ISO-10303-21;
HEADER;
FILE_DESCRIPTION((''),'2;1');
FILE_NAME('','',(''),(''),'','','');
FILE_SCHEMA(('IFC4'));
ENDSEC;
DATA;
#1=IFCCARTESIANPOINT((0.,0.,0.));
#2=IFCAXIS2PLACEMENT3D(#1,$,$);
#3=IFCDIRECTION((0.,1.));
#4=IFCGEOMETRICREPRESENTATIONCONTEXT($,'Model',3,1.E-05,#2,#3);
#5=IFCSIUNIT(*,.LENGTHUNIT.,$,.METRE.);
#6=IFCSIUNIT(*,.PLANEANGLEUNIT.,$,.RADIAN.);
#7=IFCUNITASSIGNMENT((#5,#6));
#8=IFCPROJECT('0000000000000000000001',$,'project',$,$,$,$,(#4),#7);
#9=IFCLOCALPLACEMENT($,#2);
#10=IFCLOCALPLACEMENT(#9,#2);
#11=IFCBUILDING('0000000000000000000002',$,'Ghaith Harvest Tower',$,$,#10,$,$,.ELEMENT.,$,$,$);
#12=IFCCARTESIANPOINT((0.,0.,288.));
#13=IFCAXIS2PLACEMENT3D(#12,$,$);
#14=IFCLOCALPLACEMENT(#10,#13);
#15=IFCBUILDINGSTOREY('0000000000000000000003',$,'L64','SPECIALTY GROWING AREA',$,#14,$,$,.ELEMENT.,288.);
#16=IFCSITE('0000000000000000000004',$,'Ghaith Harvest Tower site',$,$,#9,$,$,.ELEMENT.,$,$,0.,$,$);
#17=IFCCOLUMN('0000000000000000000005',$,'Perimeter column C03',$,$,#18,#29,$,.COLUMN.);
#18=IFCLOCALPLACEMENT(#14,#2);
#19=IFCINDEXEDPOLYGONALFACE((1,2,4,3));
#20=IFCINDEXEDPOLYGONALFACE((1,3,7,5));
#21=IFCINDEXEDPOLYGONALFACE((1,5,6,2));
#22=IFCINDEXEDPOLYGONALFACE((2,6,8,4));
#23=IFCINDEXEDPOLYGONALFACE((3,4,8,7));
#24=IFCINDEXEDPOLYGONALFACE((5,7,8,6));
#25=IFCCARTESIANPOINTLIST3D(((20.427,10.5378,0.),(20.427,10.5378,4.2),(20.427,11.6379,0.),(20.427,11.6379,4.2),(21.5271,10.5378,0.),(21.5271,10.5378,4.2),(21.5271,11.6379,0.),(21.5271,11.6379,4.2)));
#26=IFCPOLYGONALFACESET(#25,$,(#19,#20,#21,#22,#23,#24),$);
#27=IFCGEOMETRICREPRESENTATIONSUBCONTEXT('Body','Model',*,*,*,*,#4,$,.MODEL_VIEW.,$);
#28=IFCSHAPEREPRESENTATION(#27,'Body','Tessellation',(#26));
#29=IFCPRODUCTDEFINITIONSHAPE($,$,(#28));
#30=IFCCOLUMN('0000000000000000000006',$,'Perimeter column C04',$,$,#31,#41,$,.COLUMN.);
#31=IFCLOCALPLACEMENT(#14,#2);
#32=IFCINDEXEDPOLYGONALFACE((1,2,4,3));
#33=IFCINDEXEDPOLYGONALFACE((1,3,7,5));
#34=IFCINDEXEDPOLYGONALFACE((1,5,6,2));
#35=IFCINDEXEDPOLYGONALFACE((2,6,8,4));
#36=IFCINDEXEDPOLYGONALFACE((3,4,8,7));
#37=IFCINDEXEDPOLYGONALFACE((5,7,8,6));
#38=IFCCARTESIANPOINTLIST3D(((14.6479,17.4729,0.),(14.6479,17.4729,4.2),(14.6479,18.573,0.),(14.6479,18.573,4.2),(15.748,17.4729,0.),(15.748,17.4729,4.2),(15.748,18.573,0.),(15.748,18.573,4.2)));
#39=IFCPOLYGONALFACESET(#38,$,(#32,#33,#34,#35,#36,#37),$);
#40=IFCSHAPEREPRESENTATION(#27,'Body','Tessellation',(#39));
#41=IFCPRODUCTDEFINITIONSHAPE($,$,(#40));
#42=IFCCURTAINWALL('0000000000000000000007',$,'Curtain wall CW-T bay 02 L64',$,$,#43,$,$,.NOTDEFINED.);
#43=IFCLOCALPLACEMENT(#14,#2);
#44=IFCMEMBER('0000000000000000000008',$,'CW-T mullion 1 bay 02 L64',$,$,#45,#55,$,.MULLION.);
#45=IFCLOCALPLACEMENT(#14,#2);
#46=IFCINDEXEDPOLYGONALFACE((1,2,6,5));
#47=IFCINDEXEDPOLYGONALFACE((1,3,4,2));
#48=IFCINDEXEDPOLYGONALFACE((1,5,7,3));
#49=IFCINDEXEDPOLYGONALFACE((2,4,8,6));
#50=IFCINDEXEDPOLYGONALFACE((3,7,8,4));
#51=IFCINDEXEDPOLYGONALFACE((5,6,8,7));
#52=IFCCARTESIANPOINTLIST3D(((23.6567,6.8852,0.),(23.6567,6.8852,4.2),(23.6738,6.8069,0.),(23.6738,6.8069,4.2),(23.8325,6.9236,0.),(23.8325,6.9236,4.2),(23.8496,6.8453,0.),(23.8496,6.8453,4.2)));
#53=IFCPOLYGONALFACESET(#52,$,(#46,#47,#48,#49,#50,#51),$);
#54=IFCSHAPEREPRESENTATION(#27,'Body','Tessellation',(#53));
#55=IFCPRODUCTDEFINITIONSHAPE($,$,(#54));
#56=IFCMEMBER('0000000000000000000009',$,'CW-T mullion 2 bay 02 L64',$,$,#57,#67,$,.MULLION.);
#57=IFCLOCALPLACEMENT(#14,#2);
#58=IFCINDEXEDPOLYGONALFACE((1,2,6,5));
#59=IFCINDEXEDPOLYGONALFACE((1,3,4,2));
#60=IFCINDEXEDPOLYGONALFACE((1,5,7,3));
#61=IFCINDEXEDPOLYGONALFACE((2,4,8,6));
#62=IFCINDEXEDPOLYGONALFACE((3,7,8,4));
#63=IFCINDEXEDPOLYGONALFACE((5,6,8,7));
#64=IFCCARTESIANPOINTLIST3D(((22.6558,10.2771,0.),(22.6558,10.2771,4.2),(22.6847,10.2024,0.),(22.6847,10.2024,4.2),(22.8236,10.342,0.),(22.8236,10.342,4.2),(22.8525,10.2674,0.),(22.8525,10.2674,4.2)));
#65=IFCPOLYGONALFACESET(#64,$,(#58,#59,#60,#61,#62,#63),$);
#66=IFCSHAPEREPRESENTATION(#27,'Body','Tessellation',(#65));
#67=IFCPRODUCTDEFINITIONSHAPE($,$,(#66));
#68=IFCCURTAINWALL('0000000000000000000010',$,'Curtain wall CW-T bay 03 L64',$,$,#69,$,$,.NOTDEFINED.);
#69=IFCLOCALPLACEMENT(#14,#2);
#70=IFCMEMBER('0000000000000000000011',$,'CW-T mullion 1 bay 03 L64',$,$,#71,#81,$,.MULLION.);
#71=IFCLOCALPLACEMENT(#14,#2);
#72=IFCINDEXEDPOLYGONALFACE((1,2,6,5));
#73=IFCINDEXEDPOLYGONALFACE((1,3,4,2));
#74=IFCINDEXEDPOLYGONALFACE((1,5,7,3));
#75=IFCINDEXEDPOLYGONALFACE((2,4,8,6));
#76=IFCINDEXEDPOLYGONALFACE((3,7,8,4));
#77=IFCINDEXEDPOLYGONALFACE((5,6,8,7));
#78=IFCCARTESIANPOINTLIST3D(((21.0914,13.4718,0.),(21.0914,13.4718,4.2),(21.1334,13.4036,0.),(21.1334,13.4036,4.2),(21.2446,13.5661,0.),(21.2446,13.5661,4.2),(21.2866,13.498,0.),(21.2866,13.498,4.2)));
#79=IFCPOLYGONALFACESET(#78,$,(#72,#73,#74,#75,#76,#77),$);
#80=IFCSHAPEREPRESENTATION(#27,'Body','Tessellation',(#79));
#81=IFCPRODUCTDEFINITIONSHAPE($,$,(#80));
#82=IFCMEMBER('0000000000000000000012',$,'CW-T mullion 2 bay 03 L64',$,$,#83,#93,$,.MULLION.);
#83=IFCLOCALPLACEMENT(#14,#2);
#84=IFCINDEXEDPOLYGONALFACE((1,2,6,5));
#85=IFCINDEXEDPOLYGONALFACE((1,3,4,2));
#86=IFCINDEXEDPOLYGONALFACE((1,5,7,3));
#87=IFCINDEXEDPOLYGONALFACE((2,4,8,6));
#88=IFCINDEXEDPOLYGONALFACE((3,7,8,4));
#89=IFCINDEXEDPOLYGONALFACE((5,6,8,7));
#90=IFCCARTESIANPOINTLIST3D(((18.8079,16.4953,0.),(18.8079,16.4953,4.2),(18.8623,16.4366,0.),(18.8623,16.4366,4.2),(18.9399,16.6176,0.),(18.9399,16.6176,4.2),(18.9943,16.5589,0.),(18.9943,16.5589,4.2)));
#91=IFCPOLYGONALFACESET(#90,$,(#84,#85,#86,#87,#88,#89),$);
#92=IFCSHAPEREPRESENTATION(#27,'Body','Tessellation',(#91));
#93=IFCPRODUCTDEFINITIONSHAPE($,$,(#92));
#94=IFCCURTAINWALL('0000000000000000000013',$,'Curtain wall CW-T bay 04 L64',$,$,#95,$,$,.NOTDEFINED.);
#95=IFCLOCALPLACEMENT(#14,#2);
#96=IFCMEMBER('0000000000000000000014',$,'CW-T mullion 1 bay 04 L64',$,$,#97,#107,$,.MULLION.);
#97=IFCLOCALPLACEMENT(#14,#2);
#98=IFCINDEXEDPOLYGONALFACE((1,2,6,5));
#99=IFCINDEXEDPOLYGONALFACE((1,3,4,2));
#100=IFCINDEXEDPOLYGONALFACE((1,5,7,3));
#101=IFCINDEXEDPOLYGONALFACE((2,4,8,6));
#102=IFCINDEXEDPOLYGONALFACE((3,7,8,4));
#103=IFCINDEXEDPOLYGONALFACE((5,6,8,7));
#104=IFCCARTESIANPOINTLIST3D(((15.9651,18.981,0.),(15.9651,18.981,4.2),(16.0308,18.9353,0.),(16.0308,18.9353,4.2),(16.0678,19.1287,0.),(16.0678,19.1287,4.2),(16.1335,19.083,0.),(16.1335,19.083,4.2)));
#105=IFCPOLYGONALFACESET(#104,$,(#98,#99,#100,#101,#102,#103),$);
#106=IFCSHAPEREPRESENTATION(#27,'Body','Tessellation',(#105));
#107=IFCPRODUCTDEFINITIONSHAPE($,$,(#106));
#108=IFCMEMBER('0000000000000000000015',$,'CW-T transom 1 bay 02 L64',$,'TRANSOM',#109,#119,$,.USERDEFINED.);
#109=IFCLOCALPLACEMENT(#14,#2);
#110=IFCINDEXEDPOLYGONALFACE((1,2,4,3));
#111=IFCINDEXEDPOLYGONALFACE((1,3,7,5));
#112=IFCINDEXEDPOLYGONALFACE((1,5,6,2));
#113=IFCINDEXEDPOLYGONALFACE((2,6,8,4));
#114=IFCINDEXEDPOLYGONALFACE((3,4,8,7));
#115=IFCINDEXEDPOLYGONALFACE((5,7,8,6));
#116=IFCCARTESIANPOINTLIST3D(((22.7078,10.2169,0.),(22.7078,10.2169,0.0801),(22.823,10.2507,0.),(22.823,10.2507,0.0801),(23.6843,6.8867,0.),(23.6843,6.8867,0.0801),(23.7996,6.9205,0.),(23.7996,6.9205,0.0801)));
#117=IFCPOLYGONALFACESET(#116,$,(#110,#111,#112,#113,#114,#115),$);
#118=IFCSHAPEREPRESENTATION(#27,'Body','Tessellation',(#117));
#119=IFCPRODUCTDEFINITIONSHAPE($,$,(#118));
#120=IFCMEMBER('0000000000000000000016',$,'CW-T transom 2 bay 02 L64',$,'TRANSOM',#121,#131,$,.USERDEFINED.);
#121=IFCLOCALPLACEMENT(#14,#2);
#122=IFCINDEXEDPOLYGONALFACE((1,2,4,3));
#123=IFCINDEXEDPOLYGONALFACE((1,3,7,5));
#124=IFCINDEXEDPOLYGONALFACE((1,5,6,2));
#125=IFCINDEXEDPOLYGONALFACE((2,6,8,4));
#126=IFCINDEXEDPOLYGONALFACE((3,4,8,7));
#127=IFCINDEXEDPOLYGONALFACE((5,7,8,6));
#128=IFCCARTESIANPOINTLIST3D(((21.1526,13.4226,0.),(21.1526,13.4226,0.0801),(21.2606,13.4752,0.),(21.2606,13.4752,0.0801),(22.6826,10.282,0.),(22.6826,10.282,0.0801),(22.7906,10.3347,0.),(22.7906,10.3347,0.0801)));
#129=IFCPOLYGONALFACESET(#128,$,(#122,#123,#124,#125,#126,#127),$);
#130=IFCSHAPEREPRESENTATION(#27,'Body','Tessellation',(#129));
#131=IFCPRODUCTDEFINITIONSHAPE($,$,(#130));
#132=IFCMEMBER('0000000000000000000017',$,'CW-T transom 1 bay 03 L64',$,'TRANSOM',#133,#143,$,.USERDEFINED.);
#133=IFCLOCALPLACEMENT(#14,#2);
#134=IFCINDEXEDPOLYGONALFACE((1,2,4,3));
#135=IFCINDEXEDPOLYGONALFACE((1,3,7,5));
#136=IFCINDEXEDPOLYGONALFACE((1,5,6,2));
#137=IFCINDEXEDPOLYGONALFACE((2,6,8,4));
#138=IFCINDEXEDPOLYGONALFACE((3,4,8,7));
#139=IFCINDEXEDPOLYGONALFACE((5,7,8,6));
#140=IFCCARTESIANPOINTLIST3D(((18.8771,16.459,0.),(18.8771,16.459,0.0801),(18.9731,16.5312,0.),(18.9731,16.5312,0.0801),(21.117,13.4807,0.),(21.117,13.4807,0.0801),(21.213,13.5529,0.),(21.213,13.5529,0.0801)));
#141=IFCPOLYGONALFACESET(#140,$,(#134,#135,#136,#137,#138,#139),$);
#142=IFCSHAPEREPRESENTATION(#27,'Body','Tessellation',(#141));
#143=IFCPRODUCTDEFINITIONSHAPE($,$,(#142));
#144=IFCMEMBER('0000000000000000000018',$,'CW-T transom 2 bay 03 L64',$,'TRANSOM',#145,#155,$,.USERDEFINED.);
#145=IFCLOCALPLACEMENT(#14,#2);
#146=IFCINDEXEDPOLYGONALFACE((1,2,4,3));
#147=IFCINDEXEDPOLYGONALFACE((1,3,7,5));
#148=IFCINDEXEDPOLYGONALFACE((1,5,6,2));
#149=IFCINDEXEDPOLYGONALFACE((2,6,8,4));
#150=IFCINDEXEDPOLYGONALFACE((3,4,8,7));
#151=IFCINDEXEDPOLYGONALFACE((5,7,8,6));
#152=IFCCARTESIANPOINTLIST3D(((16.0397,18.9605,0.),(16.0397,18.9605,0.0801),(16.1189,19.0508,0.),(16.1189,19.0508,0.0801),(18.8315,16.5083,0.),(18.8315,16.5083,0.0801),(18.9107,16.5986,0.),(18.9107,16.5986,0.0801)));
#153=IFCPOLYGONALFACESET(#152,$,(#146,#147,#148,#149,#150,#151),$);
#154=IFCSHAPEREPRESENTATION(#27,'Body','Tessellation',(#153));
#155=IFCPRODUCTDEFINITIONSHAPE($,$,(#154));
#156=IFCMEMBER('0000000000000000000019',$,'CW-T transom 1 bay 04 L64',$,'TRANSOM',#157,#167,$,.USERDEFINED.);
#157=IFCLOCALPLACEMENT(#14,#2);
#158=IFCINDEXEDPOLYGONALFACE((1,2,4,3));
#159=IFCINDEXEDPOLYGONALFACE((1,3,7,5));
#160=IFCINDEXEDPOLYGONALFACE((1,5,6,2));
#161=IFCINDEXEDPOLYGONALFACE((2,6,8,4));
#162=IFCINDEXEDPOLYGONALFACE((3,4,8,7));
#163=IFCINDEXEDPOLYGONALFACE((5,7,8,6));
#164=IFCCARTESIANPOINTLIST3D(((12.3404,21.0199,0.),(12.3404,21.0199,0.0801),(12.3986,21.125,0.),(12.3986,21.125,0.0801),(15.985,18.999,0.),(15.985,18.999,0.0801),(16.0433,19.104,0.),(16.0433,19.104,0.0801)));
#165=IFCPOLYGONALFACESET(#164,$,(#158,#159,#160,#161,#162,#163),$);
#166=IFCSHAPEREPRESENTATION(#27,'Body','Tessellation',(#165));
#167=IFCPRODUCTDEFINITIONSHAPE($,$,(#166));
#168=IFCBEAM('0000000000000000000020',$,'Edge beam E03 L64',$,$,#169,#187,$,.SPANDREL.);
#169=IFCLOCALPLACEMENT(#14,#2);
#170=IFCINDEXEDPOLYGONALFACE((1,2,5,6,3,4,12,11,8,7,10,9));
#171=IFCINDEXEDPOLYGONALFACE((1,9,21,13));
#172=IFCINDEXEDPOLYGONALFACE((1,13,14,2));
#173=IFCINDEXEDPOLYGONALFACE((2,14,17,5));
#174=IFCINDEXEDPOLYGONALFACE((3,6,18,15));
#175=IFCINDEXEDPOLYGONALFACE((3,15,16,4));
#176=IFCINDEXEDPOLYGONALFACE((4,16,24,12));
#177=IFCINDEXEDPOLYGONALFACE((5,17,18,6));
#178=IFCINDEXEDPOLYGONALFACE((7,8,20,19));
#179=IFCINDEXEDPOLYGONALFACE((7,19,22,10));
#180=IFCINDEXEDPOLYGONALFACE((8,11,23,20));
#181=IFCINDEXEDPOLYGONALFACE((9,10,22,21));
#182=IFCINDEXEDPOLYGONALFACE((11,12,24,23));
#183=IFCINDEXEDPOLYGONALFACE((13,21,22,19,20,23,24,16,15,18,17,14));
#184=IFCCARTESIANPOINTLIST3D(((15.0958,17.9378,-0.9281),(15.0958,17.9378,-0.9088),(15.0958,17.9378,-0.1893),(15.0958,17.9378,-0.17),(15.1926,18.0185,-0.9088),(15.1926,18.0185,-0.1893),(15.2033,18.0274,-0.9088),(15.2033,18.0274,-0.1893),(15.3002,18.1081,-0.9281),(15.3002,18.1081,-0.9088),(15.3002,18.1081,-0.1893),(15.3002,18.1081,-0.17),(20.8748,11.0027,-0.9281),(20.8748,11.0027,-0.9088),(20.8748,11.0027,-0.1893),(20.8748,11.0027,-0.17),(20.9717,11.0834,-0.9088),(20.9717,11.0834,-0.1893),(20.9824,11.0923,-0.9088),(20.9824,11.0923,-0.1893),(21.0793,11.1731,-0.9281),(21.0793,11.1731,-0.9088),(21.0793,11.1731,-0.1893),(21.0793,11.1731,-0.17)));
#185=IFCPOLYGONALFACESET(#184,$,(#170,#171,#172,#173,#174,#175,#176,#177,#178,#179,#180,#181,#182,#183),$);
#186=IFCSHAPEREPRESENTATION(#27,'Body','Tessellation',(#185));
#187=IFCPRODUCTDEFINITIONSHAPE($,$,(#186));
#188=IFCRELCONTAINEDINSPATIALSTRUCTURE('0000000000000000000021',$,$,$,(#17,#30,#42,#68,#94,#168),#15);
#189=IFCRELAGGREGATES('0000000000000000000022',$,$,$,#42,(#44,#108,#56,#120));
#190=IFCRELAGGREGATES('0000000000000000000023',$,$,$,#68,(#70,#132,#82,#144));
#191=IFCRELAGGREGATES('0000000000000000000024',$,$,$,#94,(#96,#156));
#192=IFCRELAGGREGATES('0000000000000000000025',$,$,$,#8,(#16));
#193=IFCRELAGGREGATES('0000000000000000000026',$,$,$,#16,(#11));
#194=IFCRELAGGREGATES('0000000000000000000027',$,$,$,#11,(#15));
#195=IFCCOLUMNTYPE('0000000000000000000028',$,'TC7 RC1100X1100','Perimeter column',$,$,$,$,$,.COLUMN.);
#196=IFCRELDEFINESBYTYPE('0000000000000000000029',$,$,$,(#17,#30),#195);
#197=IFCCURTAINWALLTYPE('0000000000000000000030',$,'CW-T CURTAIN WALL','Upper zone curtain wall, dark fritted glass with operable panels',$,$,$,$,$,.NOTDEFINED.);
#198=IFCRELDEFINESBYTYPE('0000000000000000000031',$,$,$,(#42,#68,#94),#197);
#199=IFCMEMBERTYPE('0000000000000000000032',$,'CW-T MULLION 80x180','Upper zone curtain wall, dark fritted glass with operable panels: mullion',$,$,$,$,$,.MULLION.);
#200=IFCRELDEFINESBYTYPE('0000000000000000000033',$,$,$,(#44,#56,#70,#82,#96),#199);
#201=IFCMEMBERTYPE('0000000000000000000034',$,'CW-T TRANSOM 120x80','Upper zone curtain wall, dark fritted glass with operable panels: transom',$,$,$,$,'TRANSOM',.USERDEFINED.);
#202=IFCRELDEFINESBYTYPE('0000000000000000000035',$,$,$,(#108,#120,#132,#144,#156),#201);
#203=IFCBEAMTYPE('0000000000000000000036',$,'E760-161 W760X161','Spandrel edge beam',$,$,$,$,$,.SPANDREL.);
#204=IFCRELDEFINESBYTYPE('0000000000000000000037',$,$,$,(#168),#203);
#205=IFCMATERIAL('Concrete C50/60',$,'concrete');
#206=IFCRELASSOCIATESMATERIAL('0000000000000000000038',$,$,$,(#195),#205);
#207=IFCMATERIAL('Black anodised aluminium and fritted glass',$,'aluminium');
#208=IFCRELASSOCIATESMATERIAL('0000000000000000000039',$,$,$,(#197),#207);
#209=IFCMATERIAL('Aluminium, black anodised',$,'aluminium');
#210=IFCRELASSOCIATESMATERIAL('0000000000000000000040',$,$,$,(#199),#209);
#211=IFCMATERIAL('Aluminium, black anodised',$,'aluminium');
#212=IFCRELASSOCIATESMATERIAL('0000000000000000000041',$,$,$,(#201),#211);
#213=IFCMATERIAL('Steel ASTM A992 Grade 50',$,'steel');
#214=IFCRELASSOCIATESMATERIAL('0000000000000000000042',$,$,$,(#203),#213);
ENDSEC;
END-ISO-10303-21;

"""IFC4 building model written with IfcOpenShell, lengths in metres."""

from ifc_helpers import new_model, si_unit, direction, frame, origin, origin_2d, place, context, subcontext, project, spatial, rectangle, i_section, extrude, material, material_profile, profile_set, type_object, element, aggregate, save


model = new_model("IFC4")

# Units and contexts
model_context = context("Model", 3, precision=1e-05, world=origin(), true_north=direction((0.0, 1.0)))
body_context = subcontext(model_context, "Body", "Model", "MODEL_VIEW")
ifc_project = project(units=[si_unit("LENGTHUNIT", "METRE"), si_unit("PLANEANGLEUNIT", "RADIAN")], contexts=[model_context])

# Site, building, storey
site_placement = place(None, origin())
site = spatial("IfcSite", under=ifc_project, at=site_placement, Name="Ghaith Harvest Tower site", CompositionType="ELEMENT", RefElevation=0.0)
building_placement = place(site_placement, origin())
building = spatial("IfcBuilding", under=site, at=building_placement, Name="Ghaith Harvest Tower", CompositionType="ELEMENT")
storey_placement = place(building_placement, frame((0.0, 0.0, 288.0)))
storey = spatial("IfcBuildingStorey", under=building, at=storey_placement, Name="L64", Description="SPECIALTY GROWING AREA", CompositionType="ELEMENT", Elevation=288.0)

# Columns
ifc_material_1 = material(Name="Concrete C50/60", Category="concrete")
ifc_material_profile_1 = material_profile(ifc_material_1, rectangle(XDim=1.1001, YDim=1.1001, at=origin_2d()), Name="RC1100X1100")
ifc_profile_set_1 = profile_set([ifc_material_profile_1], Name="Concrete C50/60")
column_type = type_object("IfcColumnType", Name="TC7 RC1100X1100", Description="Perimeter column", PredefinedType="COLUMN", material=ifc_profile_set_1)
for number, where, z_axis, x_axis, name in (
    (1, (20.9771, 11.0879, 0.0), (0.0, 0.0, 1.0), (1.0, 0.0, 0.0), "Perimeter column C03"),
    (2, (15.198, 18.0229, 0.0), (0.0, 0.0, 1.0), (1.0, 0.0, 0.0), "Perimeter column C04"),
):
    element("IfcColumn", number, at=place(storey_placement, frame(where, z_axis=z_axis, x_axis=x_axis)), inside=storey, type_object=column_type, Name=name, PredefinedType="COLUMN", context=body_context, shape_type="SweptSolid", body=[
        extrude(rectangle(XDim=1.1001, YDim=1.1001, at=origin_2d()), origin(), (0.0, 0.0, 1.0), 4.2),
    ])

# Curtain walls, members
ifc_material_2 = material(Name="Black anodised aluminium and fritted glass", Category="aluminium")
curtain_wall_type = type_object("IfcCurtainWallType", Name="CW-T CURTAIN WALL", Description="Upper zone curtain wall, dark fritted glass with operable panels", PredefinedType="NOTDEFINED", material=ifc_material_2)
curtain_wall_1_placement = place(storey_placement, origin())
curtain_wall_1 = element("IfcCurtainWall", 3, at=curtain_wall_1_placement, inside=storey, type_object=curtain_wall_type, Name="Curtain wall CW-T bay 02 L64", PredefinedType="NOTDEFINED")
ifc_material_3 = material(Name="Aluminium, black anodised", Category="aluminium")
ifc_material_profile_2 = material_profile(ifc_material_3, rectangle(XDim=0.0801, YDim=0.1799, at=origin_2d()), Name="CW-T MULLION 80x180")
ifc_profile_set_2 = profile_set([ifc_material_profile_2], Name="Aluminium, black anodised")
member_type_1 = type_object("IfcMemberType", Name="CW-T MULLION 80x180", Description="Upper zone curtain wall, dark fritted glass with operable panels: mullion", PredefinedType="MULLION", material=ifc_profile_set_2)
member_1_placement = place(storey_placement, frame((23.7532, 6.8652, 0.0), z_axis=(0.0, 0.0, 1.0), x_axis=(-0.213402, 0.976964, 0.0)))
member_1 = element("IfcMember", 4, at=member_1_placement, type_object=member_type_1, Name="CW-T mullion 1 bay 02 L64", PredefinedType="MULLION", context=body_context, shape_type="SweptSolid", body=[
    extrude(rectangle(XDim=0.0801, YDim=0.1799, at=origin_2d()), origin(), (0.0, 0.0, 1.0), 4.2),
])
member_2_placement = place(storey_placement, frame((22.7542, 10.2722, 0.0), z_axis=(0.0, 0.0, 1.0), x_axis=(-0.361184, 0.932494, 0.0)))
member_2 = element("IfcMember", 5, at=member_2_placement, type_object=member_type_1, Name="CW-T mullion 2 bay 02 L64", PredefinedType="MULLION", context=body_context, shape_type="SweptSolid", body=[
    extrude(rectangle(XDim=0.0801, YDim=0.1799, at=origin_2d()), origin(), (0.0, 0.0, 1.0), 4.2),
])
curtain_wall_2_placement = place(storey_placement, origin())
curtain_wall_2 = element("IfcCurtainWall", 6, at=curtain_wall_2_placement, inside=storey, type_object=curtain_wall_type, Name="Curtain wall CW-T bay 03 L64", PredefinedType="NOTDEFINED")
member_3_placement = place(storey_placement, frame((21.189, 13.4849, 0.0), z_axis=(0.0, 0.0, 1.0), x_axis=(-0.524482, 0.851421, 0.0)))
member_3 = element("IfcMember", 7, at=member_3_placement, type_object=member_type_1, Name="CW-T mullion 1 bay 03 L64", PredefinedType="MULLION", context=body_context, shape_type="SweptSolid", body=[
    extrude(rectangle(XDim=0.0801, YDim=0.1799, at=origin_2d()), origin(), (0.0, 0.0, 1.0), 4.2),
])
member_4_placement = place(storey_placement, frame((18.9011, 16.5271, 0.0), z_axis=(0.0, 0.0, 1.0), x_axis=(-0.679661, 0.733526, 0.0)))
member_4 = element("IfcMember", 8, at=member_4_placement, type_object=member_type_1, Name="CW-T mullion 2 bay 03 L64", PredefinedType="MULLION", context=body_context, shape_type="SweptSolid", body=[
    extrude(rectangle(XDim=0.0801, YDim=0.1799, at=origin_2d()), origin(), (0.0, 0.0, 1.0), 4.2),
])

# Curtain wall, member
curtain_wall_3_placement = place(storey_placement, origin())
curtain_wall_3 = element("IfcCurtainWall", 9, at=curtain_wall_3_placement, inside=storey, type_object=curtain_wall_type, Name="Curtain wall CW-T bay 04 L64", PredefinedType="NOTDEFINED")
member_5_placement = place(storey_placement, frame((16.0493, 19.032, 0.0), z_axis=(0.0, 0.0, 1.0), x_axis=(-0.821112, 0.570767, 0.0)))
member_5 = element("IfcMember", 10, at=member_5_placement, type_object=member_type_1, Name="CW-T mullion 1 bay 04 L64", PredefinedType="MULLION", context=body_context, shape_type="SweptSolid", body=[
    extrude(rectangle(XDim=0.0801, YDim=0.1799, at=origin_2d()), origin(), (0.0, 0.0, 1.0), 4.2),
])

# Members
ifc_material_4 = material(Name="Aluminium, black anodised", Category="aluminium")
ifc_material_profile_3 = material_profile(ifc_material_4, rectangle(XDim=0.1201, YDim=0.0801, at=origin_2d()), Name="CW-T TRANSOM 120x80")
ifc_profile_set_3 = profile_set([ifc_material_profile_3], Name="Aluminium, black anodised")
member_type_2 = type_object("IfcMemberType", Name="CW-T TRANSOM 120x80", Description="Upper zone curtain wall, dark fritted glass with operable panels: transom", ElementType="TRANSOM", PredefinedType="USERDEFINED", material=ifc_profile_set_3)
member_6_placement = place(storey_placement, frame((23.7419, 6.9036, 0.04), z_axis=(-0.281385, 0.959595, 0.0), x_axis=(-0.959595, -0.281385, 0.0)))
member_6 = element("IfcMember", 11, at=member_6_placement, type_object=member_type_2, Name="CW-T transom 1 bay 02 L64", ObjectType="TRANSOM", PredefinedType="USERDEFINED", context=body_context, shape_type="SweptSolid", body=[
    extrude(rectangle(XDim=0.1201, YDim=0.0801, at=origin_2d()), origin(), (0.0, 0.0, 1.0), 3.4705),
])
member_7_placement = place(storey_placement, frame((22.7366, 10.3083, 0.04), z_axis=(-0.437965, 0.898992, 0.0), x_axis=(-0.898992, -0.437965, 0.0)))
member_7 = element("IfcMember", 12, at=member_7_placement, type_object=member_type_2, Name="CW-T transom 2 bay 02 L64", ObjectType="TRANSOM", PredefinedType="USERDEFINED", context=body_context, shape_type="SweptSolid", body=[
    extrude(rectangle(XDim=0.1201, YDim=0.0801, at=origin_2d()), origin(), (0.0, 0.0, 1.0), 3.4934),
])
member_8_placement = place(storey_placement, frame((21.165, 13.5168, 0.04), z_axis=(-0.601079, 0.79919, 0.0), x_axis=(-0.79919, -0.601079, 0.0)))
member_8 = element("IfcMember", 13, at=member_8_placement, type_object=member_type_2, Name="CW-T transom 1 bay 03 L64", ObjectType="TRANSOM", PredefinedType="USERDEFINED", context=body_context, shape_type="SweptSolid", body=[
    extrude(rectangle(XDim=0.1201, YDim=0.0801, at=origin_2d()), origin(), (0.0, 0.0, 1.0), 3.7266),
])
member_9_placement = place(storey_placement, frame((18.8711, 16.5535, 0.04), z_axis=(-0.751326, 0.659931, 0.0), x_axis=(-0.659931, -0.751326, 0.0)))
member_9 = element("IfcMember", 14, at=member_9_placement, type_object=member_type_2, Name="CW-T transom 2 bay 03 L64", ObjectType="TRANSOM", PredefinedType="USERDEFINED", context=body_context, shape_type="SweptSolid", body=[
    extrude(rectangle(XDim=0.1201, YDim=0.0801, at=origin_2d()), origin(), (0.0, 0.0, 1.0), 3.7158),
])
member_10_placement = place(storey_placement, frame((16.0142, 19.0515, 0.04), z_axis=(-0.874552, 0.484932, 0.0), x_axis=(-0.484932, -0.874552, 0.0)))
member_10 = element("IfcMember", 15, at=member_10_placement, type_object=member_type_2, Name="CW-T transom 1 bay 04 L64", ObjectType="TRANSOM", PredefinedType="USERDEFINED", context=body_context, shape_type="SweptSolid", body=[
    extrude(rectangle(XDim=0.1201, YDim=0.0801, at=origin_2d()), origin(), (0.0, 0.0, 1.0), 4.1675),
])

# Beam
ifc_material_5 = material(Name="Steel ASTM A992 Grade 50", Category="steel")
ifc_material_profile_4 = material_profile(ifc_material_5, i_section(OverallWidth=0.2661, OverallDepth=0.7581, WebThickness=0.0139, FlangeThickness=0.0193, at=origin_2d()), Name="W760X161")
ifc_profile_set_4 = profile_set([ifc_material_profile_4], Name="Steel ASTM A992 Grade 50")
beam_type_1 = type_object("IfcBeamType", Name="E760-161 W760X161", Description="Spandrel edge beam", PredefinedType="SPANDREL", material=ifc_profile_set_4)
beam_1_placement = place(storey_placement, frame((20.9771, 11.0879, -0.5491), z_axis=(-0.640174, 0.76823, 0.0), x_axis=(-0.76823, -0.640174, 0.0)))
element("IfcBeam", 16, at=beam_1_placement, inside=storey, type_object=beam_type_1, Name="Edge beam E03 L64", PredefinedType="SPANDREL", context=body_context, shape_type="SweptSolid", body=[
    extrude(i_section(OverallWidth=0.2661, OverallDepth=0.7581, WebThickness=0.0139, FlangeThickness=0.0193, at=origin_2d()), origin(), (0.0, 0.0, 1.0), 9.0273),
])

aggregate(curtain_wall_1, [member_1, member_6, member_2, member_7])
aggregate(curtain_wall_2, [member_3, member_8, member_4, member_9])
aggregate(curtain_wall_3, [member_5, member_10])

save(model, "model.ifc")
